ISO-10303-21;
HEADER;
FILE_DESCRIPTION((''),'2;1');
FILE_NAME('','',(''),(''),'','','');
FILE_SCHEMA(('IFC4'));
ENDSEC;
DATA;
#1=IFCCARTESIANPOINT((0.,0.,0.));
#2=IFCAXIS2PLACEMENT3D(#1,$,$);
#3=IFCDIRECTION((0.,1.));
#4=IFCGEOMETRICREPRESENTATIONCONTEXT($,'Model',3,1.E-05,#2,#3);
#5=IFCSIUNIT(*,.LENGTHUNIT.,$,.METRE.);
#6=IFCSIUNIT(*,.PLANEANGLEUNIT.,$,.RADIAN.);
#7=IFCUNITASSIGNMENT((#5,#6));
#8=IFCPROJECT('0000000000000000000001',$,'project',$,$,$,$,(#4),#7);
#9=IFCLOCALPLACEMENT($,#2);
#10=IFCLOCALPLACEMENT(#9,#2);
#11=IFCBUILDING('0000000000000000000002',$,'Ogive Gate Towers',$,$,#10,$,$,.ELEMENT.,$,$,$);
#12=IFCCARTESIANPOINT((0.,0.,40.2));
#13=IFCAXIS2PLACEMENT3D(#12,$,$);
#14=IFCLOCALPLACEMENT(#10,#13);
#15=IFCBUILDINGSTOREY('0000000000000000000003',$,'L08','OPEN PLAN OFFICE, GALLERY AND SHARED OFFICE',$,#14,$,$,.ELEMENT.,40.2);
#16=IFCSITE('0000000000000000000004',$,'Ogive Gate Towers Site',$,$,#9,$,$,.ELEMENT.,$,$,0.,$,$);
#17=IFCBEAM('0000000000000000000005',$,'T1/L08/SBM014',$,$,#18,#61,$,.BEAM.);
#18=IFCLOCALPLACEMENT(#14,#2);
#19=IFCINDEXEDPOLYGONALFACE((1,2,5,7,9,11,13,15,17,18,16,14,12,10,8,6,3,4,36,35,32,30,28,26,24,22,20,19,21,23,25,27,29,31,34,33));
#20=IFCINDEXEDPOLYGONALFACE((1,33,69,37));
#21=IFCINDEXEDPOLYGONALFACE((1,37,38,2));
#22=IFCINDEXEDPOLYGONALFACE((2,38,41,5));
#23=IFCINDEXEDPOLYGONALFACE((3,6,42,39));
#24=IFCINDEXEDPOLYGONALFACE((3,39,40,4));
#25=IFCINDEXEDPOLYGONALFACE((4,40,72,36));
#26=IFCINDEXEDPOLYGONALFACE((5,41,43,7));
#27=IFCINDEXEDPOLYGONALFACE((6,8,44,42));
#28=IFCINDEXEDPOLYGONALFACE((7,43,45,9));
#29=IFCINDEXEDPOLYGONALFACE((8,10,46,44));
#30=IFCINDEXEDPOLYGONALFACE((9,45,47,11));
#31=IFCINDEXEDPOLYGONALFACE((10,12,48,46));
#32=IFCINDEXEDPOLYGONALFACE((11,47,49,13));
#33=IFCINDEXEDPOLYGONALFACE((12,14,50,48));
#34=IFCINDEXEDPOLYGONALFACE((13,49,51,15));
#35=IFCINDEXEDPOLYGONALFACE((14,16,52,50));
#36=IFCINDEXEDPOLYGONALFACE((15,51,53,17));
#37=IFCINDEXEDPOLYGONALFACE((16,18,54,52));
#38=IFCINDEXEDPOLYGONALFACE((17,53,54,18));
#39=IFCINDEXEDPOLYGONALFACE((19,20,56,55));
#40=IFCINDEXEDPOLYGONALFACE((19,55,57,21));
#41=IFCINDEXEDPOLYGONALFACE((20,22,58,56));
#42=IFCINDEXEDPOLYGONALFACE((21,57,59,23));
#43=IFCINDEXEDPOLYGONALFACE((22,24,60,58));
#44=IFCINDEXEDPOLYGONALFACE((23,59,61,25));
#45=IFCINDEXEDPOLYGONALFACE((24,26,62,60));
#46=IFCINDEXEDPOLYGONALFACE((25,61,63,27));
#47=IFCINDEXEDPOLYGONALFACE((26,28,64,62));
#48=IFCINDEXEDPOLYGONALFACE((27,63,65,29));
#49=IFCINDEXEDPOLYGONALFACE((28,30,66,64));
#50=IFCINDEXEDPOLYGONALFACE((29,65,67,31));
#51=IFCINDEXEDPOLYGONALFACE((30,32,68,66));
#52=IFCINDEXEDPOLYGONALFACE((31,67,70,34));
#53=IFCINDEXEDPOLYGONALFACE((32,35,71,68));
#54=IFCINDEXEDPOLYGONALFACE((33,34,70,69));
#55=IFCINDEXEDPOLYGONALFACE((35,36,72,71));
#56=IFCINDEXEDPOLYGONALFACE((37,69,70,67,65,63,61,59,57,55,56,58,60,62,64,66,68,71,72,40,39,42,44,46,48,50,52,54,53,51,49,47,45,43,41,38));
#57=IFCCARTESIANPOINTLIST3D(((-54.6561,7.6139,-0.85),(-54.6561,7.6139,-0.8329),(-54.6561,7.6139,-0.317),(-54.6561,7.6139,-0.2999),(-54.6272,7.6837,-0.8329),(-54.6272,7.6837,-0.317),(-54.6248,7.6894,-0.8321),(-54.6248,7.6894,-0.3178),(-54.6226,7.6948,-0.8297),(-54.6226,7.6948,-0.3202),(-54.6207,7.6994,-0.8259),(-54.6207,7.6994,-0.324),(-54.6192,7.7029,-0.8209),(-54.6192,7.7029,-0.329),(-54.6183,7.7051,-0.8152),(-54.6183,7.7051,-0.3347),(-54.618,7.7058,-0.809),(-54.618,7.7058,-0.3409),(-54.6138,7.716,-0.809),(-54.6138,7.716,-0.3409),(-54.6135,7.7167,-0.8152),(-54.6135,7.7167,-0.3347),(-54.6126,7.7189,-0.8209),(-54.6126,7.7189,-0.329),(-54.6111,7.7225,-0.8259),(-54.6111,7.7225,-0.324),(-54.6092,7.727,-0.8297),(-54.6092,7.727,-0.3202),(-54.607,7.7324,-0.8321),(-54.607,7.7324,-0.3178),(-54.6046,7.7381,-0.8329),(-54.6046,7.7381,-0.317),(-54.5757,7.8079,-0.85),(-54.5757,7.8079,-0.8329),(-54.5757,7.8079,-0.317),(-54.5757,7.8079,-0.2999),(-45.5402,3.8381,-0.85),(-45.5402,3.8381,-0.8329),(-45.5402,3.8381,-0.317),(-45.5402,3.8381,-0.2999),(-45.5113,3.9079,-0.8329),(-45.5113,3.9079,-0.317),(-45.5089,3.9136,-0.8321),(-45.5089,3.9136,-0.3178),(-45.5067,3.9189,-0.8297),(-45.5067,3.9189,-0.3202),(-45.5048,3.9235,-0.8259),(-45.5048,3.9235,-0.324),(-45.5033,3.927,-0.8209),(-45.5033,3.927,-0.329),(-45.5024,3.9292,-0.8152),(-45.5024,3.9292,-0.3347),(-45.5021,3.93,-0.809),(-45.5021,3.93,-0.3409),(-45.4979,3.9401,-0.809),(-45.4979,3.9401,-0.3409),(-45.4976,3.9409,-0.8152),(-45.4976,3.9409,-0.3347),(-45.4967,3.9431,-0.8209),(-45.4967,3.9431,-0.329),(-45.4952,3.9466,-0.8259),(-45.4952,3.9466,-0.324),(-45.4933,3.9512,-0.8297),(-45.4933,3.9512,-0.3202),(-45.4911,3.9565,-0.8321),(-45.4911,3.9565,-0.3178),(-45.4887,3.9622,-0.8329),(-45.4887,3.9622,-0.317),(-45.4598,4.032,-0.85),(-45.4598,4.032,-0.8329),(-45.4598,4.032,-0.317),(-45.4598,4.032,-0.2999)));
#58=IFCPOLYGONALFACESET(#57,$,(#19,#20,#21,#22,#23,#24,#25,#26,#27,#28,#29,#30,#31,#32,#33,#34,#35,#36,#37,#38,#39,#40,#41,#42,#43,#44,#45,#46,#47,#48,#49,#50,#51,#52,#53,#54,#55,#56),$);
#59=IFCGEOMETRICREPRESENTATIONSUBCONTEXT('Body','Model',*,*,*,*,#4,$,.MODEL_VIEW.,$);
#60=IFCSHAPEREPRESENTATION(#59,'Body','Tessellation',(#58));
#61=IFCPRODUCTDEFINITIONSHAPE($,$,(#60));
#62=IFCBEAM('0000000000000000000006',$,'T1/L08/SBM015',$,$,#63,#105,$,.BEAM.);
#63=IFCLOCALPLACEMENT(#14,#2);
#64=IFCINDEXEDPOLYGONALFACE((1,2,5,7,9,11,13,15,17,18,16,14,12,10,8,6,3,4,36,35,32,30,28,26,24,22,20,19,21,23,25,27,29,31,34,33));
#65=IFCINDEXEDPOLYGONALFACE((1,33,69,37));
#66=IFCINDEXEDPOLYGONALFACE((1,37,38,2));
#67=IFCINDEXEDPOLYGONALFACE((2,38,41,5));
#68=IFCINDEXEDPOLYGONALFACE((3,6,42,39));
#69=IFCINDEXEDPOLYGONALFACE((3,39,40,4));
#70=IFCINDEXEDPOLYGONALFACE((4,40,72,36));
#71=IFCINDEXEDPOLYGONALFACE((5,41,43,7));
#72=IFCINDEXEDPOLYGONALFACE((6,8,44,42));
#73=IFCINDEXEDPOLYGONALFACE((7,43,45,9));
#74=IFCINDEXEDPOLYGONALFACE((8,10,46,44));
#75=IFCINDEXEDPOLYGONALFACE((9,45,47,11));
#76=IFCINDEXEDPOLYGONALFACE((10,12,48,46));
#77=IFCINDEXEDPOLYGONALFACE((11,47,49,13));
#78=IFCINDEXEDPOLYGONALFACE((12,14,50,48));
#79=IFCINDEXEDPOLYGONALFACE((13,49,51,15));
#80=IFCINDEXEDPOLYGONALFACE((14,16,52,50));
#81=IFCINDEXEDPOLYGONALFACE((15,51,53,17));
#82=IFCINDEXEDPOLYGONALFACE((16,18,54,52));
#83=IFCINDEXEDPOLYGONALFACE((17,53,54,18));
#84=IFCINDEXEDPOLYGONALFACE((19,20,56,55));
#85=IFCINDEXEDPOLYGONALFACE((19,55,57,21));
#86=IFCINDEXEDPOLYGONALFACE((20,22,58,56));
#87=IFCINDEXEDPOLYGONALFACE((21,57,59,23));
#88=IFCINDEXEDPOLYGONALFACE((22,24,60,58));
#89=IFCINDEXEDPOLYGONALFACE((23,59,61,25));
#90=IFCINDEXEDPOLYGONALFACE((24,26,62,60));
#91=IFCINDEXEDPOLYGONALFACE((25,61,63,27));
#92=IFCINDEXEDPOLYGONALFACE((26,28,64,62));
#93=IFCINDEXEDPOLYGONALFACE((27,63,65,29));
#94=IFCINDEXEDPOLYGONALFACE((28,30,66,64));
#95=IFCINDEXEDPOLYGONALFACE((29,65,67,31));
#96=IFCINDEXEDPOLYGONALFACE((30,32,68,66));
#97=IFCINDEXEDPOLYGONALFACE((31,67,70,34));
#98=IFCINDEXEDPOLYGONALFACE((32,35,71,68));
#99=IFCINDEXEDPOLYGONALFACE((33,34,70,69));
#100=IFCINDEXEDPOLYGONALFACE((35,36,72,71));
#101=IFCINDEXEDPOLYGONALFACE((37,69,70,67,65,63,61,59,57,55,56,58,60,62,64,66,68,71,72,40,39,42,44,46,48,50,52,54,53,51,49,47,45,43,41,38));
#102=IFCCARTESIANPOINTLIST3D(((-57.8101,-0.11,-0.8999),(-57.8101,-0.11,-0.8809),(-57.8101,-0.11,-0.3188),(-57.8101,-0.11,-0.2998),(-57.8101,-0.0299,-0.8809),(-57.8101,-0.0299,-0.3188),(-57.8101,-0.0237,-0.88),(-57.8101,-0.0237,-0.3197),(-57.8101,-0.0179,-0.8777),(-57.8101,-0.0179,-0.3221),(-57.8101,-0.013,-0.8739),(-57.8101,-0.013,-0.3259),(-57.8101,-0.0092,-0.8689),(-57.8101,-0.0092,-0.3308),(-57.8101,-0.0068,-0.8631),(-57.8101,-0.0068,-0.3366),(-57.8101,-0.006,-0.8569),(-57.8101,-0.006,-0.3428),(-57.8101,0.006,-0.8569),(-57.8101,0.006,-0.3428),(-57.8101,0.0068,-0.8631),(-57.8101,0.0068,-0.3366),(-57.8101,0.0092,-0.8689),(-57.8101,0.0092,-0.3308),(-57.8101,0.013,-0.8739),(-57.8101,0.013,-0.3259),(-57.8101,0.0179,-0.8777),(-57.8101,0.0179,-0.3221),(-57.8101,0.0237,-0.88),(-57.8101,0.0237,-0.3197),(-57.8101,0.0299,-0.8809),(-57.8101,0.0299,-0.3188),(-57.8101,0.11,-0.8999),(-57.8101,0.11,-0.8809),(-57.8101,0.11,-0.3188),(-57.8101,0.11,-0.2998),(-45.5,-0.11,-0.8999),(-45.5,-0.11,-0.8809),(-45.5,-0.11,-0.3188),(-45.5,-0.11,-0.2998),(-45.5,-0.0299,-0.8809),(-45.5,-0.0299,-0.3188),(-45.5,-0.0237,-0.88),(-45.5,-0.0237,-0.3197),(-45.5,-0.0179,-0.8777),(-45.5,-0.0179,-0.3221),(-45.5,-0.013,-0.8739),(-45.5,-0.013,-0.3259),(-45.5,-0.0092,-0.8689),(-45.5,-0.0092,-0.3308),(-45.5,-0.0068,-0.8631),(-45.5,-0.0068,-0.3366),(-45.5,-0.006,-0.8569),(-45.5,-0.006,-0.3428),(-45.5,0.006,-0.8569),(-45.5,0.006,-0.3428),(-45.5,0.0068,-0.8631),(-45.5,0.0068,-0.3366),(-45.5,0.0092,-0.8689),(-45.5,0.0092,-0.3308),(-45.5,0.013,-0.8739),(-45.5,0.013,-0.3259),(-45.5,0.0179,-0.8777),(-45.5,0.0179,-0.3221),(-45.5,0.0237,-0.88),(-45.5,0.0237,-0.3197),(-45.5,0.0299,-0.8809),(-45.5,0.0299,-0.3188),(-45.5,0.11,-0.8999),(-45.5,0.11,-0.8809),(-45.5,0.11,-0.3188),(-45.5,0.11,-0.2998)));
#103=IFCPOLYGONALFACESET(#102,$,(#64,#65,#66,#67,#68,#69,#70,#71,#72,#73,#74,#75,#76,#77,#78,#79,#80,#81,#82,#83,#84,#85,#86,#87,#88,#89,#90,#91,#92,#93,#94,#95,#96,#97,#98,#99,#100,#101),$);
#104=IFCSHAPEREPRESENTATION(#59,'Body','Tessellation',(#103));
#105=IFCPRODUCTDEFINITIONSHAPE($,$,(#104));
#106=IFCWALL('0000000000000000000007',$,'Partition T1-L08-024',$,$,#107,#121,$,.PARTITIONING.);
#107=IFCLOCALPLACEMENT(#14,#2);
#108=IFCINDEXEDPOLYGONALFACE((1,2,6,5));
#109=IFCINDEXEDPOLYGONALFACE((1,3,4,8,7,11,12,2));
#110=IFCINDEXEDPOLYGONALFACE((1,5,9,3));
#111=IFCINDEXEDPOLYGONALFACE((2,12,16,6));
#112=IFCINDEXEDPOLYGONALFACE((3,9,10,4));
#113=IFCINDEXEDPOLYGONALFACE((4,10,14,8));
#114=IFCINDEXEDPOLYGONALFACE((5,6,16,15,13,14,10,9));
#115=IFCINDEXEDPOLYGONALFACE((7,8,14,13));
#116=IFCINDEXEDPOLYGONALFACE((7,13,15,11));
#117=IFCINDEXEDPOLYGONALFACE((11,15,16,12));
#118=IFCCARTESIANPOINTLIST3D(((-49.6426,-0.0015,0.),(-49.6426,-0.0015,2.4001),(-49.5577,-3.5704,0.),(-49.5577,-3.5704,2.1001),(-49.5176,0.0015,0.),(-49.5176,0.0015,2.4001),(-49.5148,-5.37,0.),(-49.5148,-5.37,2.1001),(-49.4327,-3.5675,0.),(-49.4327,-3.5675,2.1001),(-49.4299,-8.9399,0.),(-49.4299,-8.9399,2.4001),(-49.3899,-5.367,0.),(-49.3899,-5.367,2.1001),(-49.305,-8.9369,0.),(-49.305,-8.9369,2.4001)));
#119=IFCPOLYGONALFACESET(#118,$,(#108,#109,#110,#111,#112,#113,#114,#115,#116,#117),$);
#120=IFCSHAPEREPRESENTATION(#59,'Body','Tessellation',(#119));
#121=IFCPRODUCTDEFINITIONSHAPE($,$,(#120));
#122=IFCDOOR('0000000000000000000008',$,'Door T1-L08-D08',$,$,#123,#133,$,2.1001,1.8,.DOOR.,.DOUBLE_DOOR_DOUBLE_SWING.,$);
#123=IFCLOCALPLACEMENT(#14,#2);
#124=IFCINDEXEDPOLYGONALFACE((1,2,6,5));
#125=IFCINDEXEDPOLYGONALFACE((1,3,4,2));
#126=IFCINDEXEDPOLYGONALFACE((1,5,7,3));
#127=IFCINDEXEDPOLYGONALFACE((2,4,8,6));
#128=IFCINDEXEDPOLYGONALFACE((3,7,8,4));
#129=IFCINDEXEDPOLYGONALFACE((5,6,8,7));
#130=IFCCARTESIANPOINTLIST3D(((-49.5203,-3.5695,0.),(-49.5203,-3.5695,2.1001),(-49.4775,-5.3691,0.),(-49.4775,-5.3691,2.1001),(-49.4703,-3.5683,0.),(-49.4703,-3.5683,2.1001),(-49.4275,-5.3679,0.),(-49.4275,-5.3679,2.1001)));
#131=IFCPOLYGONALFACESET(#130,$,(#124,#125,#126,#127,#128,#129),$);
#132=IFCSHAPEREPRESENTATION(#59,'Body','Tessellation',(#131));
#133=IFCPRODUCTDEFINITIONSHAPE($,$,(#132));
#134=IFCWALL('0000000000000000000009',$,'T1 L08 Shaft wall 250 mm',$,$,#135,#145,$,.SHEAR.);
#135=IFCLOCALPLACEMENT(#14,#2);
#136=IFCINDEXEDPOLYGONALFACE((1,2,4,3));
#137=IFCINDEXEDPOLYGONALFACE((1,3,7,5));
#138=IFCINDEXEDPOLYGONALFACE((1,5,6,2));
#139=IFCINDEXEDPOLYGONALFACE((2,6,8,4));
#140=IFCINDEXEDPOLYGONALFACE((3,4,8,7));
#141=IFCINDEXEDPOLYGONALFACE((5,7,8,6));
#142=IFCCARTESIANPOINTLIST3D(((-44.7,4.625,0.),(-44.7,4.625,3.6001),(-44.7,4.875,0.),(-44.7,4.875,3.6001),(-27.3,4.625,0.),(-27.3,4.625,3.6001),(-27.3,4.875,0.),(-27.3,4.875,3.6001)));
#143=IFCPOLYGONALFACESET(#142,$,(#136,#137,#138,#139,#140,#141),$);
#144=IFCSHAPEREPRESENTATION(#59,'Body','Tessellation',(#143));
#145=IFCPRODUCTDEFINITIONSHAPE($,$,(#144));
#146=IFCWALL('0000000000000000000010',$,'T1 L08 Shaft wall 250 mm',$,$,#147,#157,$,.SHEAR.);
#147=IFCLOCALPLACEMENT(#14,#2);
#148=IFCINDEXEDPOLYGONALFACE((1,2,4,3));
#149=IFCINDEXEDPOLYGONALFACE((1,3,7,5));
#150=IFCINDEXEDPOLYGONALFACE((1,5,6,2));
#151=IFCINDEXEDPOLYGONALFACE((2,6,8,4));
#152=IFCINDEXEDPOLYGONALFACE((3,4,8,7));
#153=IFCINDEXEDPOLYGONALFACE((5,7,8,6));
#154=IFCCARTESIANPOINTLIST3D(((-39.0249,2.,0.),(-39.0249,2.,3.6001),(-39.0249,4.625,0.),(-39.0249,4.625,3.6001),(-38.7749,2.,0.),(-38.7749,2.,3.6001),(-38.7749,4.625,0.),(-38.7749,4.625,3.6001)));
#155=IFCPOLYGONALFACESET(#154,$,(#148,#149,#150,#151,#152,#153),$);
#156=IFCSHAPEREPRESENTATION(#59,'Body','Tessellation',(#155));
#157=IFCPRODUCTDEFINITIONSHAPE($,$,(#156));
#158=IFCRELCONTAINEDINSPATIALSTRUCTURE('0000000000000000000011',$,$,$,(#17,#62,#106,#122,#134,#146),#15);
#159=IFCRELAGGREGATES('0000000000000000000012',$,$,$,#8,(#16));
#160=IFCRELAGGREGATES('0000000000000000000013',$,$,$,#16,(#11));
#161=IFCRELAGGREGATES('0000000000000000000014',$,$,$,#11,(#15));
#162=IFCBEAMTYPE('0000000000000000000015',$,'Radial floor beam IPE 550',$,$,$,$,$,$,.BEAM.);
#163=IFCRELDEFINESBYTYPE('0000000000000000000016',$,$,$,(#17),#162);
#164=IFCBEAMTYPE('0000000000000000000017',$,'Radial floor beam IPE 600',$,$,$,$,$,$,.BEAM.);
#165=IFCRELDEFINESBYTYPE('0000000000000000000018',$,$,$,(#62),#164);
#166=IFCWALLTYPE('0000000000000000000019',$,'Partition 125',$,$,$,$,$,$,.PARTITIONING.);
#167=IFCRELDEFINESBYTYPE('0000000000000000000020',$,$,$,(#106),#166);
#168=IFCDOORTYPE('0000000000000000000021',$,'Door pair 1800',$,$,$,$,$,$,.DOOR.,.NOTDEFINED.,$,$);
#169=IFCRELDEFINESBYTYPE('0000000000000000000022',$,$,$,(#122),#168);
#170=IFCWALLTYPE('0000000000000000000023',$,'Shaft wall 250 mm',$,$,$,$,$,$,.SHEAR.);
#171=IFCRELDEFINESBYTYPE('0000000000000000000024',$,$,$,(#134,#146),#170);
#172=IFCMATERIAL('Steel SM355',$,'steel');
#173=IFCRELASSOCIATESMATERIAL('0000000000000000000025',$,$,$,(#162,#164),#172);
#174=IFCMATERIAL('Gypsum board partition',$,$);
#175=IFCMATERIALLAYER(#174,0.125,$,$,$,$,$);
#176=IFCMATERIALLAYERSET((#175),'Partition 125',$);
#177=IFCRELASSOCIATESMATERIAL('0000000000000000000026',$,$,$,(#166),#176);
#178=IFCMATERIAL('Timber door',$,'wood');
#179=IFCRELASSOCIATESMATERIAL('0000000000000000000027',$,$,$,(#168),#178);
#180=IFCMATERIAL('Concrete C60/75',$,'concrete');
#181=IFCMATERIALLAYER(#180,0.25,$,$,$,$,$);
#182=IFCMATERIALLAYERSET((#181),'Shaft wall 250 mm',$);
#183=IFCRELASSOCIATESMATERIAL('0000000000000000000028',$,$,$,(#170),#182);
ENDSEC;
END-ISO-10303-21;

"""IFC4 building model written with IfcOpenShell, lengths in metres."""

from ifc_helpers import new_model, si_unit, direction, frame, frame_2d, origin, origin_2d, place, context, subcontext, project, spatial, rectangle, i_section, extrude, material, layer, layer_set, material_profile, profile_set, type_object, element, fill, save


model = new_model("IFC4")

# Units and contexts
model_context = context("Model", 3, precision=1e-05, world=origin(), true_north=direction((0.0, 1.0)))
body_context = subcontext(model_context, "Body", "Model", "MODEL_VIEW")
ifc_project = project(units=[si_unit("LENGTHUNIT", "METRE"), si_unit("PLANEANGLEUNIT", "RADIAN")], contexts=[model_context])

# Site, building, storey
site_placement = place(None, origin())
site = spatial("IfcSite", under=ifc_project, at=site_placement, Name="Ogive Gate Towers Site", CompositionType="ELEMENT", RefElevation=0.0)
building_placement = place(site_placement, origin())
building = spatial("IfcBuilding", under=site, at=building_placement, Name="Ogive Gate Towers", CompositionType="ELEMENT")
storey_placement = place(building_placement, frame((0.0, 0.0, 40.2)))
storey = spatial("IfcBuildingStorey", under=building, at=storey_placement, Name="L08", Description="OPEN PLAN OFFICE, GALLERY AND SHARED OFFICE", CompositionType="ELEMENT", Elevation=40.2)

# Beams
ifc_material_1 = material(Name="Steel SM355", Category="steel")
ifc_material_profile_1 = material_profile(ifc_material_1, i_section(OverallWidth=0.21, OverallDepth=0.55, WebThickness=0.011, FlangeThickness=0.0171, FilletRadius=0.0239, at=origin_2d()), Name="IPE 550")
ifc_profile_set_1 = profile_set([ifc_material_profile_1], Name="Steel SM355")
beam_type_1 = type_object("IfcBeamType", Name="Radial floor beam IPE 550", PredefinedType="BEAM", material=ifc_profile_set_1)
beam_1_placement = place(storey_placement, frame((-45.5, 3.9351, -0.575), z_axis=(-0.923882, 0.382677, 0.0), x_axis=(-0.382677, -0.923882, 0.0)))
element("IfcBeam", 1, at=beam_1_placement, inside=storey, type_object=beam_type_1, Name="T1/L08/SBM014", PredefinedType="BEAM", context=body_context, shape_type="SweptSolid", body=[
    extrude(i_section(OverallWidth=0.21, OverallDepth=0.55, WebThickness=0.011, FlangeThickness=0.0171, FilletRadius=0.0239, at=origin_2d()), origin(), (0.0, 0.0, 1.0), 9.8669),
])
ifc_material_profile_2 = material_profile(ifc_material_1, i_section(OverallWidth=0.22, OverallDepth=0.6001, WebThickness=0.012, FlangeThickness=0.019, FilletRadius=0.0239, at=origin_2d()), Name="IPE 600")
ifc_profile_set_2 = profile_set([ifc_material_profile_2], Name="Steel SM355")
beam_type_2 = type_object("IfcBeamType", Name="Radial floor beam IPE 600", PredefinedType="BEAM", material=ifc_profile_set_2)
beam_2_placement = place(storey_placement, frame((-45.5, 0.0, -0.5999), z_axis=(-1.0, 0.0, 0.0), x_axis=(0.0, -1.0, 0.0)))
element("IfcBeam", 2, at=beam_2_placement, inside=storey, type_object=beam_type_2, Name="T1/L08/SBM015", PredefinedType="BEAM", context=body_context, shape_type="SweptSolid", body=[
    extrude(i_section(OverallWidth=0.22, OverallDepth=0.6001, WebThickness=0.012, FlangeThickness=0.019, FilletRadius=0.0239, at=origin_2d()), origin(), (0.0, 0.0, 1.0), 12.3101),
])

# Wall, opening, door
ifc_material_2 = material(Name="Gypsum board partition")
ifc_layer_1 = layer(ifc_material_2, 0.125)
ifc_layer_set_1 = layer_set([ifc_layer_1], Name="Partition 125")
wall_type_1 = type_object("IfcWallType", Name="Partition 125", PredefinedType="PARTITIONING", material=ifc_layer_set_1)
wall_1_placement = place(storey_placement, frame((-49.5801, 0.0, 0.0), z_axis=(0.0, 0.0, 1.0), x_axis=(0.023783, -0.999717, 0.0)))
wall_1 = element("IfcWall", 3, at=wall_1_placement, inside=storey, type_object=wall_type_1, Name="Partition T1-L08-024", PredefinedType="PARTITIONING", context=body_context, shape_type="SweptSolid", body=[
    extrude(rectangle(XDim=8.9409, YDim=0.125, at=frame_2d((4.4705, 0.0))), origin(), (0.0, 0.0, 1.0), 2.4001),
])
opening_1_placement = place(wall_1_placement, frame((3.5701, 0.0, 0.0)))
opening_1 = element("IfcOpeningElement", 4, at=opening_1_placement, cuts=wall_1, PredefinedType="OPENING", context=body_context, shape_type="SweptSolid", body=[
    extrude(rectangle(XDim=1.8, YDim=2.1001, at=frame_2d((0.8999, 1.05))), frame((0.0, 0.0725, 0.0), z_axis=(0.0, -1.0, 0.0), x_axis=(1.0, 0.0, 0.0)), (0.0, 0.0, 1.0), 0.145),
])
ifc_material_3 = material(Name="Timber door", Category="wood")
door_type_1 = type_object("IfcDoorType", Name="Door pair 1800", OperationType="NOTDEFINED", PredefinedType="DOOR", material=ifc_material_3)
door_1_placement = place(opening_1_placement, origin())
door_1 = element("IfcDoor", 5, at=door_1_placement, inside=storey, type_object=door_type_1, Name="Door T1-L08-D08", OperationType="DOUBLE_DOOR_DOUBLE_SWING", OverallHeight=2.1001, OverallWidth=1.8, PredefinedType="DOOR", context=body_context, shape_type="SweptSolid", body=[
    extrude(rectangle(XDim=1.8, YDim=2.1001, at=frame_2d((0.8999, 1.05))), frame((0.0, 0.0249, 0.0), z_axis=(0.0, -1.0, 0.0), x_axis=(1.0, 0.0, 0.0)), (0.0, 0.0, 1.0), 0.05),
])
fill(opening_1, door_1)

# Walls
ifc_material_4 = material(Name="Concrete C60/75", Category="concrete")
ifc_layer_2 = layer(ifc_material_4, 0.25)
ifc_layer_set_2 = layer_set([ifc_layer_2], Name="Shaft wall 250 mm")
wall_type_2 = type_object("IfcWallType", Name="Shaft wall 250 mm", PredefinedType="SHEAR", material=ifc_layer_set_2)
wall_2_placement = place(storey_placement, frame((-44.7, 4.75, 0.0), z_axis=(0.0, 0.0, 1.0), x_axis=(1.0, 0.0, 0.0)))
element("IfcWall", 6, at=wall_2_placement, inside=storey, type_object=wall_type_2, Name="T1 L08 Shaft wall 250 mm", PredefinedType="SHEAR", context=body_context, shape_type="SweptSolid", body=[
    extrude(rectangle(XDim=17.3999, YDim=0.25, at=frame_2d((8.7, 0.0))), origin(), (0.0, 0.0, 1.0), 3.6001),
])
wall_3_placement = place(storey_placement, frame((-38.8999, 2.0, 0.0), z_axis=(0.0, 0.0, 1.0), x_axis=(0.0, 1.0, 0.0)))
element("IfcWall", 7, at=wall_3_placement, inside=storey, type_object=wall_type_2, Name="T1 L08 Shaft wall 250 mm", PredefinedType="SHEAR", context=body_context, shape_type="SweptSolid", body=[
    extrude(rectangle(XDim=2.625, YDim=0.25, at=frame_2d((1.3125, 0.0))), origin(), (0.0, 0.0, 1.0), 3.6001),
])

save(model, "model.ifc")
